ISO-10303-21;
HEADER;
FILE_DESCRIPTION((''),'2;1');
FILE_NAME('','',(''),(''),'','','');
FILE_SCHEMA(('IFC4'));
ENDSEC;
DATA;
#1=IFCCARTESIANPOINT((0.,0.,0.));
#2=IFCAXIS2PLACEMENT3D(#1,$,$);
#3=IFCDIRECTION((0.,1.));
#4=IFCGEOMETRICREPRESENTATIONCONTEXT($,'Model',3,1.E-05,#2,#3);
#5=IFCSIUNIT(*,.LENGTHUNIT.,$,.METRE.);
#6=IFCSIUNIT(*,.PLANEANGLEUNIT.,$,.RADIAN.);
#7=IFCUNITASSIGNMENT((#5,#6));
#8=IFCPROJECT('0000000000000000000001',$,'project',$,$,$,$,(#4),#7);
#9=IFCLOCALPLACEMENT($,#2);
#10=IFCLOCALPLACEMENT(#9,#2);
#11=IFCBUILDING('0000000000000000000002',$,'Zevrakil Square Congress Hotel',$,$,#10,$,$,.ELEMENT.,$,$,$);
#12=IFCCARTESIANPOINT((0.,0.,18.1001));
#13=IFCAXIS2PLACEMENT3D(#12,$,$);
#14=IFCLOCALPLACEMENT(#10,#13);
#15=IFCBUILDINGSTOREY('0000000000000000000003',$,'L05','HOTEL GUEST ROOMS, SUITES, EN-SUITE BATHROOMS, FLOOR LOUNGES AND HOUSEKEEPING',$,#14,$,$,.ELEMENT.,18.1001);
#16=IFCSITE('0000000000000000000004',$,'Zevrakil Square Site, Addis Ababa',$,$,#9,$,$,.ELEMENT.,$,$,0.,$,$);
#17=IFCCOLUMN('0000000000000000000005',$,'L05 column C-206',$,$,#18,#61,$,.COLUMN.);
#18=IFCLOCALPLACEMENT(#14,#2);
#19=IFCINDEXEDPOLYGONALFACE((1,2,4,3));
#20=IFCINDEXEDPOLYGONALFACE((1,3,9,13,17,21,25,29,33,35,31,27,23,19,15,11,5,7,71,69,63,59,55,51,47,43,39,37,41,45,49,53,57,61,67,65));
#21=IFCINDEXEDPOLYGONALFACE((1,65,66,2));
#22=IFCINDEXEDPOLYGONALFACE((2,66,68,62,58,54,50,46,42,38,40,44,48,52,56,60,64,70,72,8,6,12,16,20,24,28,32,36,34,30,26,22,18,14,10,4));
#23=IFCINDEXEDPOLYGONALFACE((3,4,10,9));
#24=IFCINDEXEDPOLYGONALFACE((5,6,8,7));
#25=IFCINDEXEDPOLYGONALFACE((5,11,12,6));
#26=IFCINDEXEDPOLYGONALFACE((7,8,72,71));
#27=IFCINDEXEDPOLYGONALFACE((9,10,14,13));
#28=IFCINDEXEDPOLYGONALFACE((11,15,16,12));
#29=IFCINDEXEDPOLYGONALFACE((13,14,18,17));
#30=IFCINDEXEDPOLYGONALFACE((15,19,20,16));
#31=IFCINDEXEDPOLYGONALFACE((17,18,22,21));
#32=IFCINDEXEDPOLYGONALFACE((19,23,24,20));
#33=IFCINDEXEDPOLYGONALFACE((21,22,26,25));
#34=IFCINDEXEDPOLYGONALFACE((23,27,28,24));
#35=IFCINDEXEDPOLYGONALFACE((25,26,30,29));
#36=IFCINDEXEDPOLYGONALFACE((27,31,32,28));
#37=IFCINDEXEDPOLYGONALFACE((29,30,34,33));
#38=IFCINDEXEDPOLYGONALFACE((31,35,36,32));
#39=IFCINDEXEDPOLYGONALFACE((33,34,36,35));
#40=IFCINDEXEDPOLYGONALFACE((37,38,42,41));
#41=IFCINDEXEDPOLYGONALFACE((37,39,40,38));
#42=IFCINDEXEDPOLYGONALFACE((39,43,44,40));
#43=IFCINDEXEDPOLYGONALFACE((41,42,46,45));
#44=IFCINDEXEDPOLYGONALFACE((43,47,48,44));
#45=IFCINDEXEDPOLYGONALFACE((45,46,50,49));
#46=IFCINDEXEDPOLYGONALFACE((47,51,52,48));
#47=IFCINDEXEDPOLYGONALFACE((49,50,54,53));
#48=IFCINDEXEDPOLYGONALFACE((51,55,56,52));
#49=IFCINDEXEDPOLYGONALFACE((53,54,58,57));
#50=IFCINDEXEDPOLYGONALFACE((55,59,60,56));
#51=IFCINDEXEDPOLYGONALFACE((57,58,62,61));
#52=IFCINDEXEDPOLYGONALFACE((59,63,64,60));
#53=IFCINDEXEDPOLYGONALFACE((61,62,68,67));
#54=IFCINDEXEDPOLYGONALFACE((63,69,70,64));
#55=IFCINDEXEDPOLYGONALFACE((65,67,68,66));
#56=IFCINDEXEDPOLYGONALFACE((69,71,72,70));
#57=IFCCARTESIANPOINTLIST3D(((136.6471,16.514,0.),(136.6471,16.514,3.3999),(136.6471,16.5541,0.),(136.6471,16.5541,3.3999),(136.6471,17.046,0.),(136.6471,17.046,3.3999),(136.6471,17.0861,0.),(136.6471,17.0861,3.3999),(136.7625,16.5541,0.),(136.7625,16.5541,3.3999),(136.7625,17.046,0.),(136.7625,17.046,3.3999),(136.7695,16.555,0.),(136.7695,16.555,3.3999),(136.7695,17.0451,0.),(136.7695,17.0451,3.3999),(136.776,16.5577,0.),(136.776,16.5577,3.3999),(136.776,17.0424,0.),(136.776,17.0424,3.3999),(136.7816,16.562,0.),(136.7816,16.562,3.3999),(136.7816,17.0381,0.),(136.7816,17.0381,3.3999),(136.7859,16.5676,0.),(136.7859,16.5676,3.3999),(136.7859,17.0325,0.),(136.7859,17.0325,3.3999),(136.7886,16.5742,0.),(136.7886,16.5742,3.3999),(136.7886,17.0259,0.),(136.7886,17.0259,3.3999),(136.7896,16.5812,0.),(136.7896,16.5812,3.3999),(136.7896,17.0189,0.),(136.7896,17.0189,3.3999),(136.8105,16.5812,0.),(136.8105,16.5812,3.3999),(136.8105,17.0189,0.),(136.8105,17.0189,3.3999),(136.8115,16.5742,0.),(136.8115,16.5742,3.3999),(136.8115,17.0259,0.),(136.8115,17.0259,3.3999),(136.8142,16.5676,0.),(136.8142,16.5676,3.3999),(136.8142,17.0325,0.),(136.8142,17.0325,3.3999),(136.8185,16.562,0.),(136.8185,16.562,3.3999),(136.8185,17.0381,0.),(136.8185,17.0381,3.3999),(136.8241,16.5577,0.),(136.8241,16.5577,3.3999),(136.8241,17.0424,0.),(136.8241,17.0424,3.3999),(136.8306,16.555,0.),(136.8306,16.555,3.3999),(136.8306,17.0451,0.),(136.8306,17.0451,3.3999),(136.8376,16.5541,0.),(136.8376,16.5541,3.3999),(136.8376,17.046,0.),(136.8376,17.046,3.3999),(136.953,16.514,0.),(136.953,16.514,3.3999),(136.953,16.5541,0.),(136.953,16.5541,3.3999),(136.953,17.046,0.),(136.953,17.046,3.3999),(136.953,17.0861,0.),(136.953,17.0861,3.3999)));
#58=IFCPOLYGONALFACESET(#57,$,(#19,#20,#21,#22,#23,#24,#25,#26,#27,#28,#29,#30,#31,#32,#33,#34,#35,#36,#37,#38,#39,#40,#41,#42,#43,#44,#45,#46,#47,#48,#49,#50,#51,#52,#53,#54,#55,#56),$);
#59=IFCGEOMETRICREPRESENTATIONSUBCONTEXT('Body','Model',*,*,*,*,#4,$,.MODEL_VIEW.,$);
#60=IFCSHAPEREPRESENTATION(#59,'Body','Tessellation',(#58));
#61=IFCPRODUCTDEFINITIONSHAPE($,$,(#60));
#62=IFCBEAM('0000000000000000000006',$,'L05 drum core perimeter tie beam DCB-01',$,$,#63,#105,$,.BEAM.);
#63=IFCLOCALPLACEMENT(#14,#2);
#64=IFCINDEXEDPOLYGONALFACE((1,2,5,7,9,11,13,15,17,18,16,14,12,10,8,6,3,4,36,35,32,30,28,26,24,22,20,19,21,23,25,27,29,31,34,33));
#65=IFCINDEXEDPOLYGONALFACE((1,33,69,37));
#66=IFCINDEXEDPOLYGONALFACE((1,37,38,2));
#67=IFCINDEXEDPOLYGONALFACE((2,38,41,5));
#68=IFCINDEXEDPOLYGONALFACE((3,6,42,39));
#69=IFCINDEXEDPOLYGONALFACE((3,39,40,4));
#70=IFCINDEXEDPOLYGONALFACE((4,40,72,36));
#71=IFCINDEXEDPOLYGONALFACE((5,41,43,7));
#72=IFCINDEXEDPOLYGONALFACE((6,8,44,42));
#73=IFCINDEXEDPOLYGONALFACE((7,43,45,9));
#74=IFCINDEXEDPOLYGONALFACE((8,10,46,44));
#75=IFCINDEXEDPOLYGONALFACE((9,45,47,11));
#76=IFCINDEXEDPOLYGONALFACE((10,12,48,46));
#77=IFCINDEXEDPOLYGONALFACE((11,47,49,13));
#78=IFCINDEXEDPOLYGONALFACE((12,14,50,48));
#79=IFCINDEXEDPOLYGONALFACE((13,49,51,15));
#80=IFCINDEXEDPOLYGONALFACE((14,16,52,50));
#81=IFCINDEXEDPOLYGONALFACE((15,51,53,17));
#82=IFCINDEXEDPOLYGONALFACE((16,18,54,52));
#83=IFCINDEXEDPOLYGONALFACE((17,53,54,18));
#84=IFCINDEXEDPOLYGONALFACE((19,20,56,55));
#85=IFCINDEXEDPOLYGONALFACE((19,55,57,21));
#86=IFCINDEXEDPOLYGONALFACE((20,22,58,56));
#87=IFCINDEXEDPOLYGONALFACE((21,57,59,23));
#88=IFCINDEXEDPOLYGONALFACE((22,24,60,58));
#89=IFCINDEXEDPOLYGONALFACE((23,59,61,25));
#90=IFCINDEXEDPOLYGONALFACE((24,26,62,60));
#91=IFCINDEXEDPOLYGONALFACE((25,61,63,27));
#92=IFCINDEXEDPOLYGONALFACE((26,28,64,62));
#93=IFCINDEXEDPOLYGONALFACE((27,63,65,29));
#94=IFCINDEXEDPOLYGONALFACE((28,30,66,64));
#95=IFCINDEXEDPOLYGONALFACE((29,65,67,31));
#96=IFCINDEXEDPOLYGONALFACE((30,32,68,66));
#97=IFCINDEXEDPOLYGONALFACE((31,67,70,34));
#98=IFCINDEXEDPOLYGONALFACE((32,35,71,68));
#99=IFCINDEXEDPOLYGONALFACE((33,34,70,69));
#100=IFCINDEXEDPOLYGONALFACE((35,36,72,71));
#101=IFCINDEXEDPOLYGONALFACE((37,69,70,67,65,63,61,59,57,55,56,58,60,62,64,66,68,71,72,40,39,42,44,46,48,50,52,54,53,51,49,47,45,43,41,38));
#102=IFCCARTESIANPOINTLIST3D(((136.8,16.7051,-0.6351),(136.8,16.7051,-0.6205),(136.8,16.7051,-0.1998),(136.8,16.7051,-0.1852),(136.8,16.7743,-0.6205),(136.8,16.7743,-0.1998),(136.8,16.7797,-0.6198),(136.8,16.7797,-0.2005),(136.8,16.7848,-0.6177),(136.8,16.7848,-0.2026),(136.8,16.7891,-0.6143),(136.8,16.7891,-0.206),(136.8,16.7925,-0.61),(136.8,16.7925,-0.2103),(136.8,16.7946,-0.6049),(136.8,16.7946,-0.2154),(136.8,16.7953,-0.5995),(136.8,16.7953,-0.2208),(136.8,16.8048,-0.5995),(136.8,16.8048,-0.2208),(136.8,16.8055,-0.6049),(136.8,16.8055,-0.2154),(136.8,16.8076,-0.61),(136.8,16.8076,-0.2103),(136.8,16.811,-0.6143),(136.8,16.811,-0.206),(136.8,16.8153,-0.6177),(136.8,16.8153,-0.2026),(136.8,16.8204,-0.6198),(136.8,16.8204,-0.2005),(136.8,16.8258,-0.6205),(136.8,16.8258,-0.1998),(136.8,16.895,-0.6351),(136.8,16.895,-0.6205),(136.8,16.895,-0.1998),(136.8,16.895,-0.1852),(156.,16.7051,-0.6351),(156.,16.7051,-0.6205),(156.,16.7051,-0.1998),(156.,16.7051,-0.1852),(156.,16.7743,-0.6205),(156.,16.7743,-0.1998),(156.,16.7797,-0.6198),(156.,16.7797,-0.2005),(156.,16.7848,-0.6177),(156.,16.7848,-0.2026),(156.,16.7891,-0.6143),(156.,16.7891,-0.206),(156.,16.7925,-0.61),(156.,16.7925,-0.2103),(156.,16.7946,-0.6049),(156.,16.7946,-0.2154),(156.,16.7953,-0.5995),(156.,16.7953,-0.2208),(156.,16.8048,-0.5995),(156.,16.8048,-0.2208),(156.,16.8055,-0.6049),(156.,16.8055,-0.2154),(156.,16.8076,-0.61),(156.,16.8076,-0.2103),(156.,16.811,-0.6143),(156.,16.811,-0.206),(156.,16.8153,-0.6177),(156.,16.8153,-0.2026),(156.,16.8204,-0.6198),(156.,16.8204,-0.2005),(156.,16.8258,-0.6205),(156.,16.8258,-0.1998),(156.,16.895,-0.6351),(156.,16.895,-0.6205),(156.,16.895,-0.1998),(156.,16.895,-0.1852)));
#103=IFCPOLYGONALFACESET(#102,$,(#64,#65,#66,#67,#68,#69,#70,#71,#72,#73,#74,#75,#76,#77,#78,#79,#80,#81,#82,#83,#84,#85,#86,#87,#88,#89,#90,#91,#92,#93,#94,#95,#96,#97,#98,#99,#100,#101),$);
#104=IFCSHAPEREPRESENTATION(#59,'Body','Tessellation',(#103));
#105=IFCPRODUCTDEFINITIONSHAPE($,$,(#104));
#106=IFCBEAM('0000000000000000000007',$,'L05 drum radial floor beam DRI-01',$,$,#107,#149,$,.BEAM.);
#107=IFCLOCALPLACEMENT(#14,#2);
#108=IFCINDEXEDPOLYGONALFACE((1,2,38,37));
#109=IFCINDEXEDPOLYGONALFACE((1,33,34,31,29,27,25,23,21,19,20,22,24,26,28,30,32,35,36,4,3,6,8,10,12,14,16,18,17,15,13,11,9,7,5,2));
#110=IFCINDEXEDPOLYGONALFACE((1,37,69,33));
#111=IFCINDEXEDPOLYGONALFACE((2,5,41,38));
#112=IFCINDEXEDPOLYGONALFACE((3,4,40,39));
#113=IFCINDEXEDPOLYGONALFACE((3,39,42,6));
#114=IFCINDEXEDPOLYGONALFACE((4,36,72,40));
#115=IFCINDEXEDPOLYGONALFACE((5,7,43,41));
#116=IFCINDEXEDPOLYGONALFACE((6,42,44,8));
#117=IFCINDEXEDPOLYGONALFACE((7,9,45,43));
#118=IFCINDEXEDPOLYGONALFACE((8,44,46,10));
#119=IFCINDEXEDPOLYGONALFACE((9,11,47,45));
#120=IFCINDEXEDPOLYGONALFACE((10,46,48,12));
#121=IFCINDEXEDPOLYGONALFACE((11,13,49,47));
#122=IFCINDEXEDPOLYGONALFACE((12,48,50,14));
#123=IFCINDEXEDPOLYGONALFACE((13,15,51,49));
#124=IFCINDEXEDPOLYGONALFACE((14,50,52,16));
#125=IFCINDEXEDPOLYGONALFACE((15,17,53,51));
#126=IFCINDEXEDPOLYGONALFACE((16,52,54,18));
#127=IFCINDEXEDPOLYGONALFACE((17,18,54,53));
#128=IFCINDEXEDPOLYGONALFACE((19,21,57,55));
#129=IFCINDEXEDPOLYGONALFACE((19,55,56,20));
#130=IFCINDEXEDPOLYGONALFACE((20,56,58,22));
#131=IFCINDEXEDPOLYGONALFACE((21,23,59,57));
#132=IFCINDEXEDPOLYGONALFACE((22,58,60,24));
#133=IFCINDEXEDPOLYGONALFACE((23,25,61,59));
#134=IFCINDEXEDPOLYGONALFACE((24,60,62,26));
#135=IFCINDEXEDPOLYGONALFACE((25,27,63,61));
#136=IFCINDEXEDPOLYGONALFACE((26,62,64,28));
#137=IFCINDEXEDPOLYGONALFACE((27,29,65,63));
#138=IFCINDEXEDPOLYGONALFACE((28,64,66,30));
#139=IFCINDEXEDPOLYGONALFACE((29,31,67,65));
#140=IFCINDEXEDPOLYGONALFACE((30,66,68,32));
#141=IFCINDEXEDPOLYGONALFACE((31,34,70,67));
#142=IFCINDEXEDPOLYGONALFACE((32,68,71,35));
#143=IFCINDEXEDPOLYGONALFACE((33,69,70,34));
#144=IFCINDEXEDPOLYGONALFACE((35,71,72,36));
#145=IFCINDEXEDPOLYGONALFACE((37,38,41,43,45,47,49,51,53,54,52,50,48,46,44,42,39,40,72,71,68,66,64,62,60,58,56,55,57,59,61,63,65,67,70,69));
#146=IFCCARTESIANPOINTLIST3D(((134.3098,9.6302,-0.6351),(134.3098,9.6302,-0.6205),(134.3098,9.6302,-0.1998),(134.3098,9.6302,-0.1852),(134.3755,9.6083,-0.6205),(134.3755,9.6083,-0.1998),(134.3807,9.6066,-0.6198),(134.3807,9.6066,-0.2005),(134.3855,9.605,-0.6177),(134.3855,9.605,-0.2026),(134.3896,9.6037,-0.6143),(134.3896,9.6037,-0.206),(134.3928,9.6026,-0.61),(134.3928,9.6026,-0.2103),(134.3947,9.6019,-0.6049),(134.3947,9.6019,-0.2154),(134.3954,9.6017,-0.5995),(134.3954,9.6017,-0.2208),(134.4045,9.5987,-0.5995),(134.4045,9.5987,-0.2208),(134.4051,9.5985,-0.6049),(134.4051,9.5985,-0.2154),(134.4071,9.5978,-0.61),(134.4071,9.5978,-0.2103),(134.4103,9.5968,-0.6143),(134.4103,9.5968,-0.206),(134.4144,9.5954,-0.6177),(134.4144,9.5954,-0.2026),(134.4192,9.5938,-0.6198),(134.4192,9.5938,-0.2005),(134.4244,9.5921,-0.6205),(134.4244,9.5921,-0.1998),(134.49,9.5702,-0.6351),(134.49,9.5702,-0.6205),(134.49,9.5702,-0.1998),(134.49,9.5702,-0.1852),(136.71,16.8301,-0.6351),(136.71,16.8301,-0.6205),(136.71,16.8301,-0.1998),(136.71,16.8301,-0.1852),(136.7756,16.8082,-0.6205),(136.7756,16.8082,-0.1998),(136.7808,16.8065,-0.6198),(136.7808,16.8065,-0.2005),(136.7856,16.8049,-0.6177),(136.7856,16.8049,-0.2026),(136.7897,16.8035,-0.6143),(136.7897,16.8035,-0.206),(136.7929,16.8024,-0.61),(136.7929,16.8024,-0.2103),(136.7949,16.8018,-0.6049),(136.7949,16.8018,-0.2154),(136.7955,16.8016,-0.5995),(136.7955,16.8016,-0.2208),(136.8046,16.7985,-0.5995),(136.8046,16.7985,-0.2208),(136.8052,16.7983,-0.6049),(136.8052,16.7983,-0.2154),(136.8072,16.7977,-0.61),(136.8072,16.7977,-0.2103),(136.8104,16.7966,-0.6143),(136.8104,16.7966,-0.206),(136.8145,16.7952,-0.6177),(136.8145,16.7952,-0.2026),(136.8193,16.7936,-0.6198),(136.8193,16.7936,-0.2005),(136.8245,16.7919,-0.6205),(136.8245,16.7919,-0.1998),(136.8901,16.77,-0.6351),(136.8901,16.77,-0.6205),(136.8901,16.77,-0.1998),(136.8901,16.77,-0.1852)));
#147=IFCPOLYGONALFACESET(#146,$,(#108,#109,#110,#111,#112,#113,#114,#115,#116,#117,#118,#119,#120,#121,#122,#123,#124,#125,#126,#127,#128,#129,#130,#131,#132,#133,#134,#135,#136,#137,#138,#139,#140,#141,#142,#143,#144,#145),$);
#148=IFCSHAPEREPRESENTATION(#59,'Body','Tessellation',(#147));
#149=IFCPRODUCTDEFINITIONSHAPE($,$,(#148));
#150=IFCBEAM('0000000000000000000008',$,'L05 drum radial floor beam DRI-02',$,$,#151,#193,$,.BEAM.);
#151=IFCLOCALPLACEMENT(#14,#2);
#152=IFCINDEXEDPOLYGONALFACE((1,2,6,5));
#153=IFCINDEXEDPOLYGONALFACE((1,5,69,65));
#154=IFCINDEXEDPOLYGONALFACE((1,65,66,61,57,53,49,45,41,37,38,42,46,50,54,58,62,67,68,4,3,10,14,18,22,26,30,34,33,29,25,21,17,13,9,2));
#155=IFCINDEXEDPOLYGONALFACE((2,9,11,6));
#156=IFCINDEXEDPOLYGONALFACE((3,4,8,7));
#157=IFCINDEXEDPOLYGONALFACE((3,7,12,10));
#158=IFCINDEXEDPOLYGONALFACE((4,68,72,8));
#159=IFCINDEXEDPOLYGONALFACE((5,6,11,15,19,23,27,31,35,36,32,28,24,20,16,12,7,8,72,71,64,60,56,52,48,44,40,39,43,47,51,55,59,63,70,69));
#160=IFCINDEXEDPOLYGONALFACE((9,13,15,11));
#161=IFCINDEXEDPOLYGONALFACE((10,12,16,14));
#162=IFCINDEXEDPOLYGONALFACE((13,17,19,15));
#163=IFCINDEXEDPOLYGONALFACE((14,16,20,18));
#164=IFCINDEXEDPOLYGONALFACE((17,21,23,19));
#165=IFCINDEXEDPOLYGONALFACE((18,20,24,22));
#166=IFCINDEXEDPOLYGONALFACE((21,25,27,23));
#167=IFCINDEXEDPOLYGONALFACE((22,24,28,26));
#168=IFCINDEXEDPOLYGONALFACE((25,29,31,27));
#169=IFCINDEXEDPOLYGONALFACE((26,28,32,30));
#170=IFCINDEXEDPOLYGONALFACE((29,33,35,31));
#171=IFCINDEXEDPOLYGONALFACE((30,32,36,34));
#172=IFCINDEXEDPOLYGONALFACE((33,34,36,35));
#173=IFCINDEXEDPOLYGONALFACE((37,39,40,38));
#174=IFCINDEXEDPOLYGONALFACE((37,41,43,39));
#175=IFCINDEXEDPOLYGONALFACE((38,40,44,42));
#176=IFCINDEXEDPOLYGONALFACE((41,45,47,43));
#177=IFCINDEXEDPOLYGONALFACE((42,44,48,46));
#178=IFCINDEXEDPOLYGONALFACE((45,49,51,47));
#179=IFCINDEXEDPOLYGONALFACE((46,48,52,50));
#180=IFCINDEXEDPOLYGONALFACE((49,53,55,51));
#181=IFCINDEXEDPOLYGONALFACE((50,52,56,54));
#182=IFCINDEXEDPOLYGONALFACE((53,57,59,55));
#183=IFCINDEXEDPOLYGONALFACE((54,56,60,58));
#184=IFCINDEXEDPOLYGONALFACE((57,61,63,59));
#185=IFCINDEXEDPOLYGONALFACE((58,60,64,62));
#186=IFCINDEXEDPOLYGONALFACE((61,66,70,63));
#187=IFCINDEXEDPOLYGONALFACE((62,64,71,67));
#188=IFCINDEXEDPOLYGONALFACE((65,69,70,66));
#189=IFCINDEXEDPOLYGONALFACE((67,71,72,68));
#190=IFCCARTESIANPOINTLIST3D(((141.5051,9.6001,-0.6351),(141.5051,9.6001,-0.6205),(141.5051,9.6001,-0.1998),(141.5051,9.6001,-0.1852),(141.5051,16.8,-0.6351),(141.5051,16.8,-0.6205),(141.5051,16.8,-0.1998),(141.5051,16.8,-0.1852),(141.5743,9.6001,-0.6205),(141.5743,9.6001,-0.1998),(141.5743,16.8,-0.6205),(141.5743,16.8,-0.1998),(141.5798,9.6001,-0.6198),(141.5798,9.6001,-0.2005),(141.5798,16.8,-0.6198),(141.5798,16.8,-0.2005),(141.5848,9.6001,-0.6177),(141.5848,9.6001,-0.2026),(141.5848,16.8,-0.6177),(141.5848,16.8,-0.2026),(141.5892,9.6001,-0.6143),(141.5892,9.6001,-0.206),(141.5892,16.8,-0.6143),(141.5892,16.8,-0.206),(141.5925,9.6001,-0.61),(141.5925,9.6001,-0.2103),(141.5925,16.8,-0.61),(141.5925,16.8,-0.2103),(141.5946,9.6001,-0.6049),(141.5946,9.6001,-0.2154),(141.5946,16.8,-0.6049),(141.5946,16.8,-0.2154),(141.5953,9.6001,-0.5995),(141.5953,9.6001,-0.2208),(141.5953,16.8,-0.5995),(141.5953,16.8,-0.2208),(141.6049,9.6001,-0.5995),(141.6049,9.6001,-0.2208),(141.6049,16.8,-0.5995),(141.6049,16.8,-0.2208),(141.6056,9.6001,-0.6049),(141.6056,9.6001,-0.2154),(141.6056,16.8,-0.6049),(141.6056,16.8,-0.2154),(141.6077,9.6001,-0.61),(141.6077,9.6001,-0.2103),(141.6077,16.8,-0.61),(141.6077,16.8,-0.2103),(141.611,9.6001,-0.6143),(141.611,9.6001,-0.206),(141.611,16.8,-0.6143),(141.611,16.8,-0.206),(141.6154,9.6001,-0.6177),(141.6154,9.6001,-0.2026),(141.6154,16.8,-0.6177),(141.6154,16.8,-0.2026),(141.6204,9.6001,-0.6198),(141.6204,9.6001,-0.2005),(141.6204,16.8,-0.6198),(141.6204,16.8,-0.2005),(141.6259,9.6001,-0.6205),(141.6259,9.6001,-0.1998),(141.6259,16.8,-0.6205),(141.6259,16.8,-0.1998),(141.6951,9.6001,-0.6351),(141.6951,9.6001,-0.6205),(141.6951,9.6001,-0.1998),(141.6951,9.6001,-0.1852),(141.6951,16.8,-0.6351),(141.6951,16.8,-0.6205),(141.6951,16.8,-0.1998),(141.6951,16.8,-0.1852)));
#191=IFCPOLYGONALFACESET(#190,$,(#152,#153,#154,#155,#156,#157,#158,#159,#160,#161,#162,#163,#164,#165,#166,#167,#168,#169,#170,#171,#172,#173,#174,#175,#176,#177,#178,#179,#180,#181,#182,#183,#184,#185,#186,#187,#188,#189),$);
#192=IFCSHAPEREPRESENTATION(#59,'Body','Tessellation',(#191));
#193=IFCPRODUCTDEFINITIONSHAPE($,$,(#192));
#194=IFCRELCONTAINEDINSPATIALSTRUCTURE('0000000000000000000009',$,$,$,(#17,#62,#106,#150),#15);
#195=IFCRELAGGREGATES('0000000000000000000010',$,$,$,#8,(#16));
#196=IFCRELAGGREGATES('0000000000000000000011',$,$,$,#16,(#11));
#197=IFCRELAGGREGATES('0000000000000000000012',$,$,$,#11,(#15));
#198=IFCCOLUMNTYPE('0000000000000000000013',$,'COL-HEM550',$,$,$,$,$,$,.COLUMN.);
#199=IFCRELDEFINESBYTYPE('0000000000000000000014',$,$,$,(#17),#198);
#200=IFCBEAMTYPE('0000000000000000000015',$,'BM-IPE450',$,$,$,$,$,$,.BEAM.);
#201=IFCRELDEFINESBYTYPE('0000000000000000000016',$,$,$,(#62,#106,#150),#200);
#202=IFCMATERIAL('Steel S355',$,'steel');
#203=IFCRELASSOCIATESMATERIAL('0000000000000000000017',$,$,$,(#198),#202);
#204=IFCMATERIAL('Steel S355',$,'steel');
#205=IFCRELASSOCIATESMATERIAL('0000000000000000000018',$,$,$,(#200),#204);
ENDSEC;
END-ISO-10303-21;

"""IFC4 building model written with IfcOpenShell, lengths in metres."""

from ifc_helpers import new_model, si_unit, direction, frame, origin, origin_2d, place, context, subcontext, project, spatial, i_section, extrude, material, material_profile, profile_set, type_object, element, save


model = new_model("IFC4")

# Units and contexts
model_context = context("Model", 3, precision=1e-05, world=origin(), true_north=direction((0.0, 1.0)))
body_context = subcontext(model_context, "Body", "Model", "MODEL_VIEW")
ifc_project = project(units=[si_unit("LENGTHUNIT", "METRE"), si_unit("PLANEANGLEUNIT", "RADIAN")], contexts=[model_context])

# Site, building, storey
site_placement = place(None, origin())
site = spatial("IfcSite", under=ifc_project, at=site_placement, Name="Zevrakil Square Site, Addis Ababa", CompositionType="ELEMENT", RefElevation=0.0)
building_placement = place(site_placement, origin())
building = spatial("IfcBuilding", under=site, at=building_placement, Name="Zevrakil Square Congress Hotel", CompositionType="ELEMENT")
storey_placement = place(building_placement, frame((0.0, 0.0, 18.1001)))
storey = spatial("IfcBuildingStorey", under=building, at=storey_placement, Name="L05", Description="HOTEL GUEST ROOMS, SUITES, EN-SUITE BATHROOMS, FLOOR LOUNGES AND HOUSEKEEPING", CompositionType="ELEMENT", Elevation=18.1001)

# Column
ifc_material_1 = material(Name="Steel S355", Category="steel")
ifc_material_profile_1 = material_profile(ifc_material_1, i_section(OverallWidth=0.3059, OverallDepth=0.572, WebThickness=0.021, FlangeThickness=0.04, FilletRadius=0.0271, at=origin_2d()), Name="HEM 550")
ifc_profile_set_1 = profile_set([ifc_material_profile_1], Name="Steel S355")
column_type = type_object("IfcColumnType", Name="COL-HEM550", PredefinedType="COLUMN", material=ifc_profile_set_1)
column_placement = place(storey_placement, frame((136.8, 16.8, 0.0), z_axis=(0.0, 0.0, 1.0), x_axis=(1.0, 0.0, 0.0)))
element("IfcColumn", 1, at=column_placement, inside=storey, type_object=column_type, Name="L05 column C-206", PredefinedType="COLUMN", context=body_context, shape_type="SweptSolid", body=[
    extrude(i_section(OverallWidth=0.3059, OverallDepth=0.572, WebThickness=0.021, FlangeThickness=0.04, FilletRadius=0.0271, at=origin_2d()), origin(), (0.0, 0.0, 1.0), 3.3999),
])

# Beams
ifc_material_2 = material(Name="Steel S355", Category="steel")
ifc_material_profile_2 = material_profile(ifc_material_2, i_section(OverallWidth=0.1899, OverallDepth=0.45, WebThickness=0.0095, FlangeThickness=0.0146, FilletRadius=0.021, at=origin_2d()), Name="IPE 450")
ifc_profile_set_2 = profile_set([ifc_material_profile_2], Name="Steel S355")
beam_type = type_object("IfcBeamType", Name="BM-IPE450", PredefinedType="BEAM", material=ifc_profile_set_2)
beam_1_placement = place(storey_placement, frame((136.8, 16.8, -0.4102), z_axis=(1.0, 0.0, 0.0), x_axis=(0.0, 1.0, 0.0)))
element("IfcBeam", 2, at=beam_1_placement, inside=storey, type_object=beam_type, Name="L05 drum core perimeter tie beam DCB-01", PredefinedType="BEAM", context=body_context, shape_type="SweptSolid", body=[
    extrude(i_section(OverallWidth=0.1899, OverallDepth=0.45, WebThickness=0.0095, FlangeThickness=0.0146, FilletRadius=0.021, at=origin_2d()), origin(), (0.0, 0.0, 1.0), 19.2),
])
beam_2_placement = place(storey_placement, frame((136.8, 16.8, -0.4102), z_axis=(-0.316247, -0.948677, 0.0), x_axis=(0.948677, -0.316247, 0.0)))
element("IfcBeam", 3, at=beam_2_placement, inside=storey, type_object=beam_type, Name="L05 drum radial floor beam DRI-01", PredefinedType="BEAM", context=body_context, shape_type="SweptSolid", body=[
    extrude(i_section(OverallWidth=0.1899, OverallDepth=0.45, WebThickness=0.0095, FlangeThickness=0.0146, FilletRadius=0.021, at=origin_2d()), origin(), (0.0, 0.0, 1.0), 7.5894),
])
beam_3_placement = place(storey_placement, frame((141.6001, 16.8, -0.4102), z_axis=(0.0, -1.0, 0.0), x_axis=(1.0, 0.0, 0.0)))
element("IfcBeam", 4, at=beam_3_placement, inside=storey, type_object=beam_type, Name="L05 drum radial floor beam DRI-02", PredefinedType="BEAM", context=body_context, shape_type="SweptSolid", body=[
    extrude(i_section(OverallWidth=0.1899, OverallDepth=0.45, WebThickness=0.0095, FlangeThickness=0.0146, FilletRadius=0.021, at=origin_2d()), origin(), (0.0, 0.0, 1.0), 7.2),
])

save(model, "model.ifc")
